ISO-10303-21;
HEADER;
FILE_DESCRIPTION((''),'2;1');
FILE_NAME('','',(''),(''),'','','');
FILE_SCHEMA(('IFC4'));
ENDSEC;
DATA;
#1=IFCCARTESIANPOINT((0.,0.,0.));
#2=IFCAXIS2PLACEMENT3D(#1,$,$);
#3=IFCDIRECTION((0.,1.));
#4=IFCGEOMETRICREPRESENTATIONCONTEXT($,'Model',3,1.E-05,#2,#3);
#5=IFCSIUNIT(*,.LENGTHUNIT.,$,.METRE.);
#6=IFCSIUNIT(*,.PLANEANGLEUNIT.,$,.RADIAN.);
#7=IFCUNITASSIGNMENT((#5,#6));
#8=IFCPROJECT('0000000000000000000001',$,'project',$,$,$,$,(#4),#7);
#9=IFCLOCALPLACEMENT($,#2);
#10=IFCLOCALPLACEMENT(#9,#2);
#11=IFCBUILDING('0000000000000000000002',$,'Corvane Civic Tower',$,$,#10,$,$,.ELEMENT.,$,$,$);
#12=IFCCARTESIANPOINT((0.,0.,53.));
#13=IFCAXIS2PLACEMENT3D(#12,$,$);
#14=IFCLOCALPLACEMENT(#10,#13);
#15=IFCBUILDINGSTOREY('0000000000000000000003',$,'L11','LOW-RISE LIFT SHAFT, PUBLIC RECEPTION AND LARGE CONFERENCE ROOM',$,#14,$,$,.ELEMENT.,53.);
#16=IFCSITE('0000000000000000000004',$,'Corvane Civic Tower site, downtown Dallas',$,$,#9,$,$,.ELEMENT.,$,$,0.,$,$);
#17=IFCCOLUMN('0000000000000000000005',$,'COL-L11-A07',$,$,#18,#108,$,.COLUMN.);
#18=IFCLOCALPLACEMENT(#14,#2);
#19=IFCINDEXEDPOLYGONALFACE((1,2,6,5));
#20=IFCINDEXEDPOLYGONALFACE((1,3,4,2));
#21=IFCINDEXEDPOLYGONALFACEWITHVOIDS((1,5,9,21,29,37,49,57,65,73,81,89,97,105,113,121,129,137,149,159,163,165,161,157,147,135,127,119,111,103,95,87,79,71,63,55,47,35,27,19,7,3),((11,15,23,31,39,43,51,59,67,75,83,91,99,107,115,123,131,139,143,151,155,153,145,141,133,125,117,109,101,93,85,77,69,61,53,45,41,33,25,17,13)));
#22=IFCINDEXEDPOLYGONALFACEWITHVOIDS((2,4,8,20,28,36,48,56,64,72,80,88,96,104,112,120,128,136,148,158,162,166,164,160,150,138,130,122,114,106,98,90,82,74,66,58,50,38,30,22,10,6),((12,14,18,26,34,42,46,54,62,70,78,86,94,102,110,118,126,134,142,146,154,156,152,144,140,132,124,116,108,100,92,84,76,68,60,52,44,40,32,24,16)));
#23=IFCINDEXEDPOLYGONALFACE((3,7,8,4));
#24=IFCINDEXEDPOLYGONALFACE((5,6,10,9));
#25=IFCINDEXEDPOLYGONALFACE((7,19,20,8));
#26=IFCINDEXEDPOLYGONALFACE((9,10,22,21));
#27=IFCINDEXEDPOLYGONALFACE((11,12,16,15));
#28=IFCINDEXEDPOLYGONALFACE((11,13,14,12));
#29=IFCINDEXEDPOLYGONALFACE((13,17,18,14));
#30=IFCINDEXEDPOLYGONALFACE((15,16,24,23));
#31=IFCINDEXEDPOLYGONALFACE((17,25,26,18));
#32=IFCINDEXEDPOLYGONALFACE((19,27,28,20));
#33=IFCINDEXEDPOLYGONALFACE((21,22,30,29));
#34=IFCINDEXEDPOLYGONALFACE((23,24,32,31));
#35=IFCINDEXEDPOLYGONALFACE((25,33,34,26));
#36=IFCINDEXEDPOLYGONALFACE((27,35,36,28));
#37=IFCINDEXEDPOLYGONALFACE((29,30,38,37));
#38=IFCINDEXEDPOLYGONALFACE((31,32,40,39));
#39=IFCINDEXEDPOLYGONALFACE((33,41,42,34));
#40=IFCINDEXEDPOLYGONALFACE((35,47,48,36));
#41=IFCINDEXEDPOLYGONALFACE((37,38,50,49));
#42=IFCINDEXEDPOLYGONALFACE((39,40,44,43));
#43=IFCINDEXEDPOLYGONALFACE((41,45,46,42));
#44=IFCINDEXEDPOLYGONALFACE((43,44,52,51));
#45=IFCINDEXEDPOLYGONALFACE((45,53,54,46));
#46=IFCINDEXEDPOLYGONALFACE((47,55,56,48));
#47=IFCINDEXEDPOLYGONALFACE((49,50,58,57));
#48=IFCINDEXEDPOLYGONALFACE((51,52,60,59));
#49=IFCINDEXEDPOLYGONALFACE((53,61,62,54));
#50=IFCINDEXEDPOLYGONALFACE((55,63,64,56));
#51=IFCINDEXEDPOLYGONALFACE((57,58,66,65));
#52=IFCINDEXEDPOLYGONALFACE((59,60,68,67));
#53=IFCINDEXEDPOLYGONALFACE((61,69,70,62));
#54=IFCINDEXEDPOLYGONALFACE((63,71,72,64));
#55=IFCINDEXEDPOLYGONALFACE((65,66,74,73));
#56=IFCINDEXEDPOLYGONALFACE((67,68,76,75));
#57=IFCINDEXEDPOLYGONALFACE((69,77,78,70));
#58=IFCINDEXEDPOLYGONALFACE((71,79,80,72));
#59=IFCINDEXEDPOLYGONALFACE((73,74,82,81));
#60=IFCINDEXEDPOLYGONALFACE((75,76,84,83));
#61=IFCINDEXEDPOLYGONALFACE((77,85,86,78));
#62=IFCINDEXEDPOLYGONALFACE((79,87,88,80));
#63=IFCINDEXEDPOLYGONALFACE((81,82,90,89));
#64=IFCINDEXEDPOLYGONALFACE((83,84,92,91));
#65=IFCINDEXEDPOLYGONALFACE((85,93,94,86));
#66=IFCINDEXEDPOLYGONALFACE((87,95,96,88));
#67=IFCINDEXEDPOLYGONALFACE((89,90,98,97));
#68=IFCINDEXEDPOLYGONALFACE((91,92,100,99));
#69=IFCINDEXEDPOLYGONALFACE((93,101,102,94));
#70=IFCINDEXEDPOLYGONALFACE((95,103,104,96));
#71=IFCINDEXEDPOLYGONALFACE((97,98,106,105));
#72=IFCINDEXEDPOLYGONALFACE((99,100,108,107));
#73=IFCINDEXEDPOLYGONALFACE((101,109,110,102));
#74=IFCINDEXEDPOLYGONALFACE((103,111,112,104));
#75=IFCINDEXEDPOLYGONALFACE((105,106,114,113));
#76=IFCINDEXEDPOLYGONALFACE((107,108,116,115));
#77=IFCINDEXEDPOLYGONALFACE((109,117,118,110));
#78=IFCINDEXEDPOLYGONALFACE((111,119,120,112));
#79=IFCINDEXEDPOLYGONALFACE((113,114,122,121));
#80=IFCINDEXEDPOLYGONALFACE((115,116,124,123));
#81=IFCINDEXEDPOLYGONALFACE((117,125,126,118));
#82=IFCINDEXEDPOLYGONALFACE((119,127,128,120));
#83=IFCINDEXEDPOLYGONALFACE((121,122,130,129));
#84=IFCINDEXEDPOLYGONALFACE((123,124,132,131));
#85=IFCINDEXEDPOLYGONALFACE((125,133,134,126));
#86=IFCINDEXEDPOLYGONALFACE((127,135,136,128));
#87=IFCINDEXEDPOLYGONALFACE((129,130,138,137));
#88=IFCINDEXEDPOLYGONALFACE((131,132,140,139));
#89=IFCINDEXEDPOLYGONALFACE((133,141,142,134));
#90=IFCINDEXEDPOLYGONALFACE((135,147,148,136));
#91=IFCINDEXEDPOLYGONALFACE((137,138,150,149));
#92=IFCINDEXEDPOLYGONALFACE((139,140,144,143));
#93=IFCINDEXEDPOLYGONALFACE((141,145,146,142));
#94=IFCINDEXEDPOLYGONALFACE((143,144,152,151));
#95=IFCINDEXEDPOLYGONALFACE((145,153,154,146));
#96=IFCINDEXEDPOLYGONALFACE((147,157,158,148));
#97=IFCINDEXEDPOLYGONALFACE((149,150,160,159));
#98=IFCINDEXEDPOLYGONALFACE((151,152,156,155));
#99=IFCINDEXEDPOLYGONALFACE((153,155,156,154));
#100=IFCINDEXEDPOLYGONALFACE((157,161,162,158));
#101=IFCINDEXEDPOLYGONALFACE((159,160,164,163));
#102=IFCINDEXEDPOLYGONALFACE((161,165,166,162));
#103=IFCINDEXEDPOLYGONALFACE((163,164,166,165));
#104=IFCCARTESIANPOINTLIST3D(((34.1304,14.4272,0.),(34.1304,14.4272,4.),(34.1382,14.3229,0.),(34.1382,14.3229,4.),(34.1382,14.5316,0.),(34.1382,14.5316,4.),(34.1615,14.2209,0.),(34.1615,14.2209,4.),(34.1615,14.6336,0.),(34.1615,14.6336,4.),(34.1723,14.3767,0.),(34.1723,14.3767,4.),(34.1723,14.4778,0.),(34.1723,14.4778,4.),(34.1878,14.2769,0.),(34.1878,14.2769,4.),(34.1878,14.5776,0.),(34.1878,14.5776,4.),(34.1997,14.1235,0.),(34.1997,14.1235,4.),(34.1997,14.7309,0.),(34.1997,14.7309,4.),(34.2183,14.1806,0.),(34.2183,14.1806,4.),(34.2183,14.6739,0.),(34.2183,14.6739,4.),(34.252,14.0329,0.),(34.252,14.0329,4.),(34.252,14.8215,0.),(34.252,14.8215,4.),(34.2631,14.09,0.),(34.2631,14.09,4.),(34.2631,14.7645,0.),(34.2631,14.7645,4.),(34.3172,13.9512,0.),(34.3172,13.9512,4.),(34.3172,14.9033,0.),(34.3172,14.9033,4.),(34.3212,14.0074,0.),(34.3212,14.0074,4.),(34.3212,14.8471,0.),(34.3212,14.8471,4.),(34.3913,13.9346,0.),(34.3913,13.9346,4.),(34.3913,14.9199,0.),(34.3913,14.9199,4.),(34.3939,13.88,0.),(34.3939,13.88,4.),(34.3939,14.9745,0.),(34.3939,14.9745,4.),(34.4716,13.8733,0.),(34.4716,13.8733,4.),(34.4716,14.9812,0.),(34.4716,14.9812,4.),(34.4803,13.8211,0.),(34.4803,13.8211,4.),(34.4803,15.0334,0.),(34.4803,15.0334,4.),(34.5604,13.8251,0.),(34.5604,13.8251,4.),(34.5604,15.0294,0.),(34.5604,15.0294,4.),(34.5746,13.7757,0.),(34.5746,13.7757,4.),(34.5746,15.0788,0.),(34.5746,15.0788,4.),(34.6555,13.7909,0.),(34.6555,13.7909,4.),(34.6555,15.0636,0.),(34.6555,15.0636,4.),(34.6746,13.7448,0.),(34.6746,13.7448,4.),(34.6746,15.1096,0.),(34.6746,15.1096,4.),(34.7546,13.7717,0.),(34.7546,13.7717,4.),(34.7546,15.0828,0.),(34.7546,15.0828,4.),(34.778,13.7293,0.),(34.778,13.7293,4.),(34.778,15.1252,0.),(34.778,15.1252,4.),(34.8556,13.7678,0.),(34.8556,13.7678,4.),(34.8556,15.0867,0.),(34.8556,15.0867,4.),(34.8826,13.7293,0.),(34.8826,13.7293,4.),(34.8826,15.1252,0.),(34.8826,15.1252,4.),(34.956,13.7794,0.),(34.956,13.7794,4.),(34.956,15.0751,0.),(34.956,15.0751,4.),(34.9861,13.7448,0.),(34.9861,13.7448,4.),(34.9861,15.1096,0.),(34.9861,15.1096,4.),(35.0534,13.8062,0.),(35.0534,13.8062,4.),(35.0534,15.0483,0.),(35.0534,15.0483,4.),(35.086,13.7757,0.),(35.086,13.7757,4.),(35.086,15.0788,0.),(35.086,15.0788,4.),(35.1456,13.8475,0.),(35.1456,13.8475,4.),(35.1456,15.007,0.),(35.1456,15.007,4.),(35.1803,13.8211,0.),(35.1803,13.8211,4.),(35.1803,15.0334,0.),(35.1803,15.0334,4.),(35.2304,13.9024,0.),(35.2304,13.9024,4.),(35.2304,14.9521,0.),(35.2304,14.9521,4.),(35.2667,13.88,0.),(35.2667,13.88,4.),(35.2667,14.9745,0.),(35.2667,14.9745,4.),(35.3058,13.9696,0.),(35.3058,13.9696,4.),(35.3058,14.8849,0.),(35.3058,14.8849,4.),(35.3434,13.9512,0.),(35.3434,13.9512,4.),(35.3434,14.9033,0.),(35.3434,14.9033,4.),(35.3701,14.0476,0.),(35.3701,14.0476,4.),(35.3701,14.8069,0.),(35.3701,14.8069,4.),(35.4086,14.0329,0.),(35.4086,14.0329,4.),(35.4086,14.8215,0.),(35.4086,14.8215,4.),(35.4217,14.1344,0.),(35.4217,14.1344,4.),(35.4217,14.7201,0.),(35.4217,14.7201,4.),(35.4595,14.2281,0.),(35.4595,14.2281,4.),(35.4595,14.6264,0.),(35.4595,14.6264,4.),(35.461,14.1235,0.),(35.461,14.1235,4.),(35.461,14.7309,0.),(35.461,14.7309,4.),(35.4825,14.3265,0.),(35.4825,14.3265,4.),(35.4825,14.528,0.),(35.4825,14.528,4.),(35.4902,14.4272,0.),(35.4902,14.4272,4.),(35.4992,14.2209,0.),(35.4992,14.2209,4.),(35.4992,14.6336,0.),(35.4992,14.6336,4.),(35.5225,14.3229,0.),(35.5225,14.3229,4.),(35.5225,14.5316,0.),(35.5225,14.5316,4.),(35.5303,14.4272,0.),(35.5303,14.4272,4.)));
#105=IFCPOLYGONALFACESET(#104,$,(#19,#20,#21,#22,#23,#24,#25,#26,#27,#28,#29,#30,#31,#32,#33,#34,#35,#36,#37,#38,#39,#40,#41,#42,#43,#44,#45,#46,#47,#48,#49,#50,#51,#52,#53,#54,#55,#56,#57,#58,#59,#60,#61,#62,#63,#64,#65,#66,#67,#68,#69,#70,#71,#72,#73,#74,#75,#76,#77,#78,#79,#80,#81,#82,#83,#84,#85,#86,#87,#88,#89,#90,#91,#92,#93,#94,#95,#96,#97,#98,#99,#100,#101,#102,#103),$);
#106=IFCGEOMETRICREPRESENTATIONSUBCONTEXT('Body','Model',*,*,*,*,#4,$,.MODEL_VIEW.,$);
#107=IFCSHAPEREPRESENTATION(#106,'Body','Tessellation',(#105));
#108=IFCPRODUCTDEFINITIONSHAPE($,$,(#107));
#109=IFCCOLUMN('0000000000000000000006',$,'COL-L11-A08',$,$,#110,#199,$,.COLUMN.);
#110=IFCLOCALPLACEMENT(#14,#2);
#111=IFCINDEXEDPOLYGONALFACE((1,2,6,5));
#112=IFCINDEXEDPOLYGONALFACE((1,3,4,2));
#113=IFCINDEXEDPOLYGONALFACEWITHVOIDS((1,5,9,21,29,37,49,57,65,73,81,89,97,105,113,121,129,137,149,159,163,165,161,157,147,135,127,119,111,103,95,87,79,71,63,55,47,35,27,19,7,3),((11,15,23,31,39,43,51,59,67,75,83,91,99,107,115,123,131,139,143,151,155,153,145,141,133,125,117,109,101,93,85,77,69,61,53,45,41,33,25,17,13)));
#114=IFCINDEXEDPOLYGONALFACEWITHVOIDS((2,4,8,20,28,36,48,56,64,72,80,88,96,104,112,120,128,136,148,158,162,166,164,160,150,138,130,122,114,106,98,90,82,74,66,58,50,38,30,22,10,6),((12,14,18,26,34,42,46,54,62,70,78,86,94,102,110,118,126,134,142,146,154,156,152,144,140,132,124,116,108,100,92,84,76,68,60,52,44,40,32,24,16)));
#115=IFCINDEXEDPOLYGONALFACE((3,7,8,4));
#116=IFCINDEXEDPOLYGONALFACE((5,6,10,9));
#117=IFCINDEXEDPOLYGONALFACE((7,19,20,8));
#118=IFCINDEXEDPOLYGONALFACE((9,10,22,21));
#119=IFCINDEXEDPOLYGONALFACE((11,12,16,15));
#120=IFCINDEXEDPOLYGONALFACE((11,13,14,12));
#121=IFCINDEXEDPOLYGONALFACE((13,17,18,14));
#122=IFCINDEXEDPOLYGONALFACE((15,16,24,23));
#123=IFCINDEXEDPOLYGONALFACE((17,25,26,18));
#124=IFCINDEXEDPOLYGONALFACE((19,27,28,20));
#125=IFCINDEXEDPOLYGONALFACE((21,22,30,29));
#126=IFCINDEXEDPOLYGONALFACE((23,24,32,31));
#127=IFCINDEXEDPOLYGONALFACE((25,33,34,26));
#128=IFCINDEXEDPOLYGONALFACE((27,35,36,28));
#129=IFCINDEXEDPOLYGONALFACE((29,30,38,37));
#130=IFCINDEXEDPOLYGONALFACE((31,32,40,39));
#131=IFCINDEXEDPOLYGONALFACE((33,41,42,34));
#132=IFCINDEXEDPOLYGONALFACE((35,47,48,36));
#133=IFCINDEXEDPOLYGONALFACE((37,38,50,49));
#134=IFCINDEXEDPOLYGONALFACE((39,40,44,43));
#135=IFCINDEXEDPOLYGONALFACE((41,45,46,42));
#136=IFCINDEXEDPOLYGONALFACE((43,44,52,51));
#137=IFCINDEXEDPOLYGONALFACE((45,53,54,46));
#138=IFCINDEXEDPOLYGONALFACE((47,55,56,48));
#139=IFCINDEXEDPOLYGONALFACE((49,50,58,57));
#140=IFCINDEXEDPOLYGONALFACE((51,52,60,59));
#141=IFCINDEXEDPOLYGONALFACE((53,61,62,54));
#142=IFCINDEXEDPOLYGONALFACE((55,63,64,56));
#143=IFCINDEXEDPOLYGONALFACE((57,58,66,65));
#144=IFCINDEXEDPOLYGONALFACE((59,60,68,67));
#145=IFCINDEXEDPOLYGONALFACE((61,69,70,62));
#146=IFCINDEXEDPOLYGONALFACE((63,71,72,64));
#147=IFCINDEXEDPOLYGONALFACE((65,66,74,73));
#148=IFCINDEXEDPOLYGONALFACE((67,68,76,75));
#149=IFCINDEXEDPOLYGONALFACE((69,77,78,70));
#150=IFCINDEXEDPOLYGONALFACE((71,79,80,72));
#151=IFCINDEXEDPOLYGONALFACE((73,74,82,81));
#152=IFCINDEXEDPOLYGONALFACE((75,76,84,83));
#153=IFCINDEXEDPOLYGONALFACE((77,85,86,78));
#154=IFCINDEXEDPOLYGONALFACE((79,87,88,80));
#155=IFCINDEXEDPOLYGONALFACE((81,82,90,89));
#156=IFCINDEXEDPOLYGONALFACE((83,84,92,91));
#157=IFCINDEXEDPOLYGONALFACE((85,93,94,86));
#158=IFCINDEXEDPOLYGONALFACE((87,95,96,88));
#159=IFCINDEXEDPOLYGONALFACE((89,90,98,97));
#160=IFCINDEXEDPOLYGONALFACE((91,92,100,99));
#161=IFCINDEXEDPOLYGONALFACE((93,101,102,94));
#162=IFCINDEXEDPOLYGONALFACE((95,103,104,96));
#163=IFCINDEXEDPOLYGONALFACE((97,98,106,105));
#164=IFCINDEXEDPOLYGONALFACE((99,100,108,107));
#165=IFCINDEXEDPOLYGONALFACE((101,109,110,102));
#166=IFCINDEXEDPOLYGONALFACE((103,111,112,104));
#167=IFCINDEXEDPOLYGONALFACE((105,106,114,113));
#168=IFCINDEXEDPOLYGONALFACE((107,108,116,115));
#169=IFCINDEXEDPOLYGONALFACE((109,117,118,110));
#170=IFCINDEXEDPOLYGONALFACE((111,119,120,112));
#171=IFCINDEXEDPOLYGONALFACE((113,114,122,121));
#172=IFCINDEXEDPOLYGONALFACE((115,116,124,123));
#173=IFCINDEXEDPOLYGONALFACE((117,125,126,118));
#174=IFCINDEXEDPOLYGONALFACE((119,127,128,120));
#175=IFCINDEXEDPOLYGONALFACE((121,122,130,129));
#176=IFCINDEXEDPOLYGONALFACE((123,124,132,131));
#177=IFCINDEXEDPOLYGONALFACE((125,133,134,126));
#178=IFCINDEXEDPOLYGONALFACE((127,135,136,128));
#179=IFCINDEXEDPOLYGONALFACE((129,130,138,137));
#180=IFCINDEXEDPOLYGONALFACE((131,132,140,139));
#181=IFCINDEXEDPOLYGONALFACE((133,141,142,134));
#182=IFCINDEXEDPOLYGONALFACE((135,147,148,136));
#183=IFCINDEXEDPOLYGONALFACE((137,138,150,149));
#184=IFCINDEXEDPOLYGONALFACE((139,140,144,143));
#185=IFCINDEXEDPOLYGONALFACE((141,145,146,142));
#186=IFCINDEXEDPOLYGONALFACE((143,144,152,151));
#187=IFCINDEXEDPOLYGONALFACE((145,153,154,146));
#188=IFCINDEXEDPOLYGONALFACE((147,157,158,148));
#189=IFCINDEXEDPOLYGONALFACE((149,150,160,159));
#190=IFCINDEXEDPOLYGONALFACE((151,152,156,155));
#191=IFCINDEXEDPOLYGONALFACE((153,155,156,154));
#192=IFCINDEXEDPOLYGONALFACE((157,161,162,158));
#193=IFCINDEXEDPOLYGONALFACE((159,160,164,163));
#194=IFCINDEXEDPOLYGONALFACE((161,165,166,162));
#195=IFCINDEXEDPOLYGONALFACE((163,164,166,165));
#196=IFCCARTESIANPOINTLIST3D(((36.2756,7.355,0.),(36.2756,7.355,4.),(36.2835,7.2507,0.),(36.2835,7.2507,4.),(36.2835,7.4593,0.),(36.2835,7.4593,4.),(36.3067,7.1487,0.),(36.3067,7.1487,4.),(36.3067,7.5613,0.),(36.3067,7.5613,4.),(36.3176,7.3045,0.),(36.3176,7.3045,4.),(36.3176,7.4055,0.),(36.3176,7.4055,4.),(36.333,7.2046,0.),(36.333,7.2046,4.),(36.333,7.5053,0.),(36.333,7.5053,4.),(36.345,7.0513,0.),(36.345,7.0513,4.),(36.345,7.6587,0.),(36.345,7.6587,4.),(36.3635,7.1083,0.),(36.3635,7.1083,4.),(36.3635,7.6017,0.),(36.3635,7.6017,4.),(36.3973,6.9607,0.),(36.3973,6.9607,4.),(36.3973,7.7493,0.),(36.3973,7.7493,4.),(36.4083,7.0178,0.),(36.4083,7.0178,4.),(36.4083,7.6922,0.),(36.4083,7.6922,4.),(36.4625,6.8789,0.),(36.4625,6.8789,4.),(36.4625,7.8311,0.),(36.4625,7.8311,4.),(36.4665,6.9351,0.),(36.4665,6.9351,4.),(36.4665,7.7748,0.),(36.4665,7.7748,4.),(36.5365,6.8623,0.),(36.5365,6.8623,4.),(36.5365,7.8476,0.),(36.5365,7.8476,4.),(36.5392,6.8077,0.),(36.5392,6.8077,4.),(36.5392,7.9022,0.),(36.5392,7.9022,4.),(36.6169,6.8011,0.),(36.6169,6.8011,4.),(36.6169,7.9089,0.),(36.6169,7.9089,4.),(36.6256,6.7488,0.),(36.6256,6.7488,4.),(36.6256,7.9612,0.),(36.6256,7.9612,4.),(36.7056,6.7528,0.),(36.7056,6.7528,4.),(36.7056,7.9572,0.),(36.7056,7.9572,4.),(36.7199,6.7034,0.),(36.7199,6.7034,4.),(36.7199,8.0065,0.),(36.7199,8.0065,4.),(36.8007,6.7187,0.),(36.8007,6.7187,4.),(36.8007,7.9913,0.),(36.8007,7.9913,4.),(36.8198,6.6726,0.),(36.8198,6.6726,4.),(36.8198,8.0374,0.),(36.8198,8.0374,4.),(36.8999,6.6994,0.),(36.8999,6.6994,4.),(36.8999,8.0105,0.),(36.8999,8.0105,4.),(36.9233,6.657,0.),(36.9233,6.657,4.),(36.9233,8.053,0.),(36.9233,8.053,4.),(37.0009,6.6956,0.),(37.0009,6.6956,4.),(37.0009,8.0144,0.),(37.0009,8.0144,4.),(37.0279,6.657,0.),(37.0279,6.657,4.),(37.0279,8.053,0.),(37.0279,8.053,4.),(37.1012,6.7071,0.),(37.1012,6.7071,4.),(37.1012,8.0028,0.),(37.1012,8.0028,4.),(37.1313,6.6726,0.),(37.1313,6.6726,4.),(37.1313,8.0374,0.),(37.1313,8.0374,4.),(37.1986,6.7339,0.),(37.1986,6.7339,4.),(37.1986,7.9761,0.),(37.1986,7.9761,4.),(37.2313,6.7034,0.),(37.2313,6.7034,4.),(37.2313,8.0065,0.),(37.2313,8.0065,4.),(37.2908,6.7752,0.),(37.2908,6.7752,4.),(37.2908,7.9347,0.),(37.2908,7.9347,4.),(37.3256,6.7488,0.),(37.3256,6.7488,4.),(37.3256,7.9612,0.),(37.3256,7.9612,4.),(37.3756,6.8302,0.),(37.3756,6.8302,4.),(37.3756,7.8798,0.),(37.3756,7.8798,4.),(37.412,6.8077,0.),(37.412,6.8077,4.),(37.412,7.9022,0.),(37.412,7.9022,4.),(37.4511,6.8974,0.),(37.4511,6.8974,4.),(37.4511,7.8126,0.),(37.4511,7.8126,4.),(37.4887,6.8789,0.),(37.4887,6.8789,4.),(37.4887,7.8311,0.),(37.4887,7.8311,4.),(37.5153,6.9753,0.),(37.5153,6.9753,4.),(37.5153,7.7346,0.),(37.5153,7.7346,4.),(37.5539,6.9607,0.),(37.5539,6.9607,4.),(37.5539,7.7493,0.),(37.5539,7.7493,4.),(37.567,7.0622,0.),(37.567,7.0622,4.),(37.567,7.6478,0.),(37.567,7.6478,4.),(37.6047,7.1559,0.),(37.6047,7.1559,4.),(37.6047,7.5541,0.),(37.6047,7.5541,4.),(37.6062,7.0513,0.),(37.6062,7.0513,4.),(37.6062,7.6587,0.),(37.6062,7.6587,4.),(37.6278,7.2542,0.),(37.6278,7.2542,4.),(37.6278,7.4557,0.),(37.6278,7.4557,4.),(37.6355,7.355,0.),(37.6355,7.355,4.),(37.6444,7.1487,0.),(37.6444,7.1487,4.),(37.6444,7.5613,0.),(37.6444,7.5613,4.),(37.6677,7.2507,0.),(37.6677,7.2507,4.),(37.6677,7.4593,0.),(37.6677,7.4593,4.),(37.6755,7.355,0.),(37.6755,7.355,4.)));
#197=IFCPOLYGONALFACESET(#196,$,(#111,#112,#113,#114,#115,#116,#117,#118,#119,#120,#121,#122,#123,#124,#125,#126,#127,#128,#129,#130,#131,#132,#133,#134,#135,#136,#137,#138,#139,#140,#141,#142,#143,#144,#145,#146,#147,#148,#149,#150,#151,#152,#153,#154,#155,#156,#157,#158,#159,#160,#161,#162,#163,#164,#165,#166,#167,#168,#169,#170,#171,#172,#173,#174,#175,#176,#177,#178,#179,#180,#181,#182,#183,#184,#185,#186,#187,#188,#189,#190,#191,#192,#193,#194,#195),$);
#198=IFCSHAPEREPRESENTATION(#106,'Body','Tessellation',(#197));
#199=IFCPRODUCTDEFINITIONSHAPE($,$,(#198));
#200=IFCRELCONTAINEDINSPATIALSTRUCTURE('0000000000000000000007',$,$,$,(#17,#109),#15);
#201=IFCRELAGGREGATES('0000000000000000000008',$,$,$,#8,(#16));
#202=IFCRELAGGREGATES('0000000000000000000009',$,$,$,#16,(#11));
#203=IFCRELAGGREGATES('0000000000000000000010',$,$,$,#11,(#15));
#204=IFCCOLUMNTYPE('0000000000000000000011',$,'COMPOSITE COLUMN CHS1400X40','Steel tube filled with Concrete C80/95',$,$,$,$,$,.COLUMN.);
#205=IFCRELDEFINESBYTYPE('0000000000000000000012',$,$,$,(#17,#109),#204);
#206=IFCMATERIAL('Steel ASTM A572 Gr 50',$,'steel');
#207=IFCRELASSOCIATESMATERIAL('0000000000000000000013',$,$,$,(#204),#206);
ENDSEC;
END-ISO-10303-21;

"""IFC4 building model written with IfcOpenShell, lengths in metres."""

from ifc_helpers import new_model, si_unit, direction, frame, origin, origin_2d, place, context, subcontext, project, spatial, hollow_circle, extrude, material, material_profile, profile_set, type_object, element, save


model = new_model("IFC4")

# Units and contexts
model_context = context("Model", 3, precision=1e-05, world=origin(), true_north=direction((0.0, 1.0)))
body_context = subcontext(model_context, "Body", "Model", "MODEL_VIEW")
ifc_project = project(units=[si_unit("LENGTHUNIT", "METRE"), si_unit("PLANEANGLEUNIT", "RADIAN")], contexts=[model_context])

# Site, building, storey
site_placement = place(None, origin())
site = spatial("IfcSite", under=ifc_project, at=site_placement, Name="Corvane Civic Tower site, downtown Dallas", CompositionType="ELEMENT", RefElevation=0.0)
building_placement = place(site_placement, origin())
building = spatial("IfcBuilding", under=site, at=building_placement, Name="Corvane Civic Tower", CompositionType="ELEMENT")
storey_placement = place(building_placement, frame((0.0, 0.0, 53.0)))
storey = spatial("IfcBuildingStorey", under=building, at=storey_placement, Name="L11", Description="LOW-RISE LIFT SHAFT, PUBLIC RECEPTION AND LARGE CONFERENCE ROOM", CompositionType="ELEMENT", Elevation=53.0)

# Columns
ifc_material_1 = material(Name="Steel ASTM A572 Gr 50", Category="steel")
ifc_material_profile_1 = material_profile(ifc_material_1, hollow_circle(Radius=0.7, WallThickness=0.04, at=origin_2d()), Name="CHS1400X40")
ifc_profile_set_1 = profile_set([ifc_material_profile_1], Name="Steel ASTM A572 Gr 50")
column_type = type_object("IfcColumnType", Name="COMPOSITE COLUMN CHS1400X40", Description="Steel tube filled with Concrete C80/95", PredefinedType="COLUMN", material=ifc_profile_set_1)
for number, where, z_axis, x_axis, name in (
    (1, (34.8303, 14.4272, 0.0), (0.0, 0.0, 1.0), (1.0, 0.0, 0.0), "COL-L11-A07"),
    (2, (36.9756, 7.355, 0.0), (0.0, 0.0, 1.0), (1.0, 0.0, 0.0), "COL-L11-A08"),
):
    element("IfcColumn", number, at=place(storey_placement, frame(where, z_axis=z_axis, x_axis=x_axis)), inside=storey, type_object=column_type, Name=name, PredefinedType="COLUMN", context=body_context, shape_type="SweptSolid", body=[
        extrude(hollow_circle(Radius=0.7, WallThickness=0.04, at=origin_2d()), origin(), (0.0, 0.0, 1.0), 4.0),
    ])

save(model, "model.ifc")
